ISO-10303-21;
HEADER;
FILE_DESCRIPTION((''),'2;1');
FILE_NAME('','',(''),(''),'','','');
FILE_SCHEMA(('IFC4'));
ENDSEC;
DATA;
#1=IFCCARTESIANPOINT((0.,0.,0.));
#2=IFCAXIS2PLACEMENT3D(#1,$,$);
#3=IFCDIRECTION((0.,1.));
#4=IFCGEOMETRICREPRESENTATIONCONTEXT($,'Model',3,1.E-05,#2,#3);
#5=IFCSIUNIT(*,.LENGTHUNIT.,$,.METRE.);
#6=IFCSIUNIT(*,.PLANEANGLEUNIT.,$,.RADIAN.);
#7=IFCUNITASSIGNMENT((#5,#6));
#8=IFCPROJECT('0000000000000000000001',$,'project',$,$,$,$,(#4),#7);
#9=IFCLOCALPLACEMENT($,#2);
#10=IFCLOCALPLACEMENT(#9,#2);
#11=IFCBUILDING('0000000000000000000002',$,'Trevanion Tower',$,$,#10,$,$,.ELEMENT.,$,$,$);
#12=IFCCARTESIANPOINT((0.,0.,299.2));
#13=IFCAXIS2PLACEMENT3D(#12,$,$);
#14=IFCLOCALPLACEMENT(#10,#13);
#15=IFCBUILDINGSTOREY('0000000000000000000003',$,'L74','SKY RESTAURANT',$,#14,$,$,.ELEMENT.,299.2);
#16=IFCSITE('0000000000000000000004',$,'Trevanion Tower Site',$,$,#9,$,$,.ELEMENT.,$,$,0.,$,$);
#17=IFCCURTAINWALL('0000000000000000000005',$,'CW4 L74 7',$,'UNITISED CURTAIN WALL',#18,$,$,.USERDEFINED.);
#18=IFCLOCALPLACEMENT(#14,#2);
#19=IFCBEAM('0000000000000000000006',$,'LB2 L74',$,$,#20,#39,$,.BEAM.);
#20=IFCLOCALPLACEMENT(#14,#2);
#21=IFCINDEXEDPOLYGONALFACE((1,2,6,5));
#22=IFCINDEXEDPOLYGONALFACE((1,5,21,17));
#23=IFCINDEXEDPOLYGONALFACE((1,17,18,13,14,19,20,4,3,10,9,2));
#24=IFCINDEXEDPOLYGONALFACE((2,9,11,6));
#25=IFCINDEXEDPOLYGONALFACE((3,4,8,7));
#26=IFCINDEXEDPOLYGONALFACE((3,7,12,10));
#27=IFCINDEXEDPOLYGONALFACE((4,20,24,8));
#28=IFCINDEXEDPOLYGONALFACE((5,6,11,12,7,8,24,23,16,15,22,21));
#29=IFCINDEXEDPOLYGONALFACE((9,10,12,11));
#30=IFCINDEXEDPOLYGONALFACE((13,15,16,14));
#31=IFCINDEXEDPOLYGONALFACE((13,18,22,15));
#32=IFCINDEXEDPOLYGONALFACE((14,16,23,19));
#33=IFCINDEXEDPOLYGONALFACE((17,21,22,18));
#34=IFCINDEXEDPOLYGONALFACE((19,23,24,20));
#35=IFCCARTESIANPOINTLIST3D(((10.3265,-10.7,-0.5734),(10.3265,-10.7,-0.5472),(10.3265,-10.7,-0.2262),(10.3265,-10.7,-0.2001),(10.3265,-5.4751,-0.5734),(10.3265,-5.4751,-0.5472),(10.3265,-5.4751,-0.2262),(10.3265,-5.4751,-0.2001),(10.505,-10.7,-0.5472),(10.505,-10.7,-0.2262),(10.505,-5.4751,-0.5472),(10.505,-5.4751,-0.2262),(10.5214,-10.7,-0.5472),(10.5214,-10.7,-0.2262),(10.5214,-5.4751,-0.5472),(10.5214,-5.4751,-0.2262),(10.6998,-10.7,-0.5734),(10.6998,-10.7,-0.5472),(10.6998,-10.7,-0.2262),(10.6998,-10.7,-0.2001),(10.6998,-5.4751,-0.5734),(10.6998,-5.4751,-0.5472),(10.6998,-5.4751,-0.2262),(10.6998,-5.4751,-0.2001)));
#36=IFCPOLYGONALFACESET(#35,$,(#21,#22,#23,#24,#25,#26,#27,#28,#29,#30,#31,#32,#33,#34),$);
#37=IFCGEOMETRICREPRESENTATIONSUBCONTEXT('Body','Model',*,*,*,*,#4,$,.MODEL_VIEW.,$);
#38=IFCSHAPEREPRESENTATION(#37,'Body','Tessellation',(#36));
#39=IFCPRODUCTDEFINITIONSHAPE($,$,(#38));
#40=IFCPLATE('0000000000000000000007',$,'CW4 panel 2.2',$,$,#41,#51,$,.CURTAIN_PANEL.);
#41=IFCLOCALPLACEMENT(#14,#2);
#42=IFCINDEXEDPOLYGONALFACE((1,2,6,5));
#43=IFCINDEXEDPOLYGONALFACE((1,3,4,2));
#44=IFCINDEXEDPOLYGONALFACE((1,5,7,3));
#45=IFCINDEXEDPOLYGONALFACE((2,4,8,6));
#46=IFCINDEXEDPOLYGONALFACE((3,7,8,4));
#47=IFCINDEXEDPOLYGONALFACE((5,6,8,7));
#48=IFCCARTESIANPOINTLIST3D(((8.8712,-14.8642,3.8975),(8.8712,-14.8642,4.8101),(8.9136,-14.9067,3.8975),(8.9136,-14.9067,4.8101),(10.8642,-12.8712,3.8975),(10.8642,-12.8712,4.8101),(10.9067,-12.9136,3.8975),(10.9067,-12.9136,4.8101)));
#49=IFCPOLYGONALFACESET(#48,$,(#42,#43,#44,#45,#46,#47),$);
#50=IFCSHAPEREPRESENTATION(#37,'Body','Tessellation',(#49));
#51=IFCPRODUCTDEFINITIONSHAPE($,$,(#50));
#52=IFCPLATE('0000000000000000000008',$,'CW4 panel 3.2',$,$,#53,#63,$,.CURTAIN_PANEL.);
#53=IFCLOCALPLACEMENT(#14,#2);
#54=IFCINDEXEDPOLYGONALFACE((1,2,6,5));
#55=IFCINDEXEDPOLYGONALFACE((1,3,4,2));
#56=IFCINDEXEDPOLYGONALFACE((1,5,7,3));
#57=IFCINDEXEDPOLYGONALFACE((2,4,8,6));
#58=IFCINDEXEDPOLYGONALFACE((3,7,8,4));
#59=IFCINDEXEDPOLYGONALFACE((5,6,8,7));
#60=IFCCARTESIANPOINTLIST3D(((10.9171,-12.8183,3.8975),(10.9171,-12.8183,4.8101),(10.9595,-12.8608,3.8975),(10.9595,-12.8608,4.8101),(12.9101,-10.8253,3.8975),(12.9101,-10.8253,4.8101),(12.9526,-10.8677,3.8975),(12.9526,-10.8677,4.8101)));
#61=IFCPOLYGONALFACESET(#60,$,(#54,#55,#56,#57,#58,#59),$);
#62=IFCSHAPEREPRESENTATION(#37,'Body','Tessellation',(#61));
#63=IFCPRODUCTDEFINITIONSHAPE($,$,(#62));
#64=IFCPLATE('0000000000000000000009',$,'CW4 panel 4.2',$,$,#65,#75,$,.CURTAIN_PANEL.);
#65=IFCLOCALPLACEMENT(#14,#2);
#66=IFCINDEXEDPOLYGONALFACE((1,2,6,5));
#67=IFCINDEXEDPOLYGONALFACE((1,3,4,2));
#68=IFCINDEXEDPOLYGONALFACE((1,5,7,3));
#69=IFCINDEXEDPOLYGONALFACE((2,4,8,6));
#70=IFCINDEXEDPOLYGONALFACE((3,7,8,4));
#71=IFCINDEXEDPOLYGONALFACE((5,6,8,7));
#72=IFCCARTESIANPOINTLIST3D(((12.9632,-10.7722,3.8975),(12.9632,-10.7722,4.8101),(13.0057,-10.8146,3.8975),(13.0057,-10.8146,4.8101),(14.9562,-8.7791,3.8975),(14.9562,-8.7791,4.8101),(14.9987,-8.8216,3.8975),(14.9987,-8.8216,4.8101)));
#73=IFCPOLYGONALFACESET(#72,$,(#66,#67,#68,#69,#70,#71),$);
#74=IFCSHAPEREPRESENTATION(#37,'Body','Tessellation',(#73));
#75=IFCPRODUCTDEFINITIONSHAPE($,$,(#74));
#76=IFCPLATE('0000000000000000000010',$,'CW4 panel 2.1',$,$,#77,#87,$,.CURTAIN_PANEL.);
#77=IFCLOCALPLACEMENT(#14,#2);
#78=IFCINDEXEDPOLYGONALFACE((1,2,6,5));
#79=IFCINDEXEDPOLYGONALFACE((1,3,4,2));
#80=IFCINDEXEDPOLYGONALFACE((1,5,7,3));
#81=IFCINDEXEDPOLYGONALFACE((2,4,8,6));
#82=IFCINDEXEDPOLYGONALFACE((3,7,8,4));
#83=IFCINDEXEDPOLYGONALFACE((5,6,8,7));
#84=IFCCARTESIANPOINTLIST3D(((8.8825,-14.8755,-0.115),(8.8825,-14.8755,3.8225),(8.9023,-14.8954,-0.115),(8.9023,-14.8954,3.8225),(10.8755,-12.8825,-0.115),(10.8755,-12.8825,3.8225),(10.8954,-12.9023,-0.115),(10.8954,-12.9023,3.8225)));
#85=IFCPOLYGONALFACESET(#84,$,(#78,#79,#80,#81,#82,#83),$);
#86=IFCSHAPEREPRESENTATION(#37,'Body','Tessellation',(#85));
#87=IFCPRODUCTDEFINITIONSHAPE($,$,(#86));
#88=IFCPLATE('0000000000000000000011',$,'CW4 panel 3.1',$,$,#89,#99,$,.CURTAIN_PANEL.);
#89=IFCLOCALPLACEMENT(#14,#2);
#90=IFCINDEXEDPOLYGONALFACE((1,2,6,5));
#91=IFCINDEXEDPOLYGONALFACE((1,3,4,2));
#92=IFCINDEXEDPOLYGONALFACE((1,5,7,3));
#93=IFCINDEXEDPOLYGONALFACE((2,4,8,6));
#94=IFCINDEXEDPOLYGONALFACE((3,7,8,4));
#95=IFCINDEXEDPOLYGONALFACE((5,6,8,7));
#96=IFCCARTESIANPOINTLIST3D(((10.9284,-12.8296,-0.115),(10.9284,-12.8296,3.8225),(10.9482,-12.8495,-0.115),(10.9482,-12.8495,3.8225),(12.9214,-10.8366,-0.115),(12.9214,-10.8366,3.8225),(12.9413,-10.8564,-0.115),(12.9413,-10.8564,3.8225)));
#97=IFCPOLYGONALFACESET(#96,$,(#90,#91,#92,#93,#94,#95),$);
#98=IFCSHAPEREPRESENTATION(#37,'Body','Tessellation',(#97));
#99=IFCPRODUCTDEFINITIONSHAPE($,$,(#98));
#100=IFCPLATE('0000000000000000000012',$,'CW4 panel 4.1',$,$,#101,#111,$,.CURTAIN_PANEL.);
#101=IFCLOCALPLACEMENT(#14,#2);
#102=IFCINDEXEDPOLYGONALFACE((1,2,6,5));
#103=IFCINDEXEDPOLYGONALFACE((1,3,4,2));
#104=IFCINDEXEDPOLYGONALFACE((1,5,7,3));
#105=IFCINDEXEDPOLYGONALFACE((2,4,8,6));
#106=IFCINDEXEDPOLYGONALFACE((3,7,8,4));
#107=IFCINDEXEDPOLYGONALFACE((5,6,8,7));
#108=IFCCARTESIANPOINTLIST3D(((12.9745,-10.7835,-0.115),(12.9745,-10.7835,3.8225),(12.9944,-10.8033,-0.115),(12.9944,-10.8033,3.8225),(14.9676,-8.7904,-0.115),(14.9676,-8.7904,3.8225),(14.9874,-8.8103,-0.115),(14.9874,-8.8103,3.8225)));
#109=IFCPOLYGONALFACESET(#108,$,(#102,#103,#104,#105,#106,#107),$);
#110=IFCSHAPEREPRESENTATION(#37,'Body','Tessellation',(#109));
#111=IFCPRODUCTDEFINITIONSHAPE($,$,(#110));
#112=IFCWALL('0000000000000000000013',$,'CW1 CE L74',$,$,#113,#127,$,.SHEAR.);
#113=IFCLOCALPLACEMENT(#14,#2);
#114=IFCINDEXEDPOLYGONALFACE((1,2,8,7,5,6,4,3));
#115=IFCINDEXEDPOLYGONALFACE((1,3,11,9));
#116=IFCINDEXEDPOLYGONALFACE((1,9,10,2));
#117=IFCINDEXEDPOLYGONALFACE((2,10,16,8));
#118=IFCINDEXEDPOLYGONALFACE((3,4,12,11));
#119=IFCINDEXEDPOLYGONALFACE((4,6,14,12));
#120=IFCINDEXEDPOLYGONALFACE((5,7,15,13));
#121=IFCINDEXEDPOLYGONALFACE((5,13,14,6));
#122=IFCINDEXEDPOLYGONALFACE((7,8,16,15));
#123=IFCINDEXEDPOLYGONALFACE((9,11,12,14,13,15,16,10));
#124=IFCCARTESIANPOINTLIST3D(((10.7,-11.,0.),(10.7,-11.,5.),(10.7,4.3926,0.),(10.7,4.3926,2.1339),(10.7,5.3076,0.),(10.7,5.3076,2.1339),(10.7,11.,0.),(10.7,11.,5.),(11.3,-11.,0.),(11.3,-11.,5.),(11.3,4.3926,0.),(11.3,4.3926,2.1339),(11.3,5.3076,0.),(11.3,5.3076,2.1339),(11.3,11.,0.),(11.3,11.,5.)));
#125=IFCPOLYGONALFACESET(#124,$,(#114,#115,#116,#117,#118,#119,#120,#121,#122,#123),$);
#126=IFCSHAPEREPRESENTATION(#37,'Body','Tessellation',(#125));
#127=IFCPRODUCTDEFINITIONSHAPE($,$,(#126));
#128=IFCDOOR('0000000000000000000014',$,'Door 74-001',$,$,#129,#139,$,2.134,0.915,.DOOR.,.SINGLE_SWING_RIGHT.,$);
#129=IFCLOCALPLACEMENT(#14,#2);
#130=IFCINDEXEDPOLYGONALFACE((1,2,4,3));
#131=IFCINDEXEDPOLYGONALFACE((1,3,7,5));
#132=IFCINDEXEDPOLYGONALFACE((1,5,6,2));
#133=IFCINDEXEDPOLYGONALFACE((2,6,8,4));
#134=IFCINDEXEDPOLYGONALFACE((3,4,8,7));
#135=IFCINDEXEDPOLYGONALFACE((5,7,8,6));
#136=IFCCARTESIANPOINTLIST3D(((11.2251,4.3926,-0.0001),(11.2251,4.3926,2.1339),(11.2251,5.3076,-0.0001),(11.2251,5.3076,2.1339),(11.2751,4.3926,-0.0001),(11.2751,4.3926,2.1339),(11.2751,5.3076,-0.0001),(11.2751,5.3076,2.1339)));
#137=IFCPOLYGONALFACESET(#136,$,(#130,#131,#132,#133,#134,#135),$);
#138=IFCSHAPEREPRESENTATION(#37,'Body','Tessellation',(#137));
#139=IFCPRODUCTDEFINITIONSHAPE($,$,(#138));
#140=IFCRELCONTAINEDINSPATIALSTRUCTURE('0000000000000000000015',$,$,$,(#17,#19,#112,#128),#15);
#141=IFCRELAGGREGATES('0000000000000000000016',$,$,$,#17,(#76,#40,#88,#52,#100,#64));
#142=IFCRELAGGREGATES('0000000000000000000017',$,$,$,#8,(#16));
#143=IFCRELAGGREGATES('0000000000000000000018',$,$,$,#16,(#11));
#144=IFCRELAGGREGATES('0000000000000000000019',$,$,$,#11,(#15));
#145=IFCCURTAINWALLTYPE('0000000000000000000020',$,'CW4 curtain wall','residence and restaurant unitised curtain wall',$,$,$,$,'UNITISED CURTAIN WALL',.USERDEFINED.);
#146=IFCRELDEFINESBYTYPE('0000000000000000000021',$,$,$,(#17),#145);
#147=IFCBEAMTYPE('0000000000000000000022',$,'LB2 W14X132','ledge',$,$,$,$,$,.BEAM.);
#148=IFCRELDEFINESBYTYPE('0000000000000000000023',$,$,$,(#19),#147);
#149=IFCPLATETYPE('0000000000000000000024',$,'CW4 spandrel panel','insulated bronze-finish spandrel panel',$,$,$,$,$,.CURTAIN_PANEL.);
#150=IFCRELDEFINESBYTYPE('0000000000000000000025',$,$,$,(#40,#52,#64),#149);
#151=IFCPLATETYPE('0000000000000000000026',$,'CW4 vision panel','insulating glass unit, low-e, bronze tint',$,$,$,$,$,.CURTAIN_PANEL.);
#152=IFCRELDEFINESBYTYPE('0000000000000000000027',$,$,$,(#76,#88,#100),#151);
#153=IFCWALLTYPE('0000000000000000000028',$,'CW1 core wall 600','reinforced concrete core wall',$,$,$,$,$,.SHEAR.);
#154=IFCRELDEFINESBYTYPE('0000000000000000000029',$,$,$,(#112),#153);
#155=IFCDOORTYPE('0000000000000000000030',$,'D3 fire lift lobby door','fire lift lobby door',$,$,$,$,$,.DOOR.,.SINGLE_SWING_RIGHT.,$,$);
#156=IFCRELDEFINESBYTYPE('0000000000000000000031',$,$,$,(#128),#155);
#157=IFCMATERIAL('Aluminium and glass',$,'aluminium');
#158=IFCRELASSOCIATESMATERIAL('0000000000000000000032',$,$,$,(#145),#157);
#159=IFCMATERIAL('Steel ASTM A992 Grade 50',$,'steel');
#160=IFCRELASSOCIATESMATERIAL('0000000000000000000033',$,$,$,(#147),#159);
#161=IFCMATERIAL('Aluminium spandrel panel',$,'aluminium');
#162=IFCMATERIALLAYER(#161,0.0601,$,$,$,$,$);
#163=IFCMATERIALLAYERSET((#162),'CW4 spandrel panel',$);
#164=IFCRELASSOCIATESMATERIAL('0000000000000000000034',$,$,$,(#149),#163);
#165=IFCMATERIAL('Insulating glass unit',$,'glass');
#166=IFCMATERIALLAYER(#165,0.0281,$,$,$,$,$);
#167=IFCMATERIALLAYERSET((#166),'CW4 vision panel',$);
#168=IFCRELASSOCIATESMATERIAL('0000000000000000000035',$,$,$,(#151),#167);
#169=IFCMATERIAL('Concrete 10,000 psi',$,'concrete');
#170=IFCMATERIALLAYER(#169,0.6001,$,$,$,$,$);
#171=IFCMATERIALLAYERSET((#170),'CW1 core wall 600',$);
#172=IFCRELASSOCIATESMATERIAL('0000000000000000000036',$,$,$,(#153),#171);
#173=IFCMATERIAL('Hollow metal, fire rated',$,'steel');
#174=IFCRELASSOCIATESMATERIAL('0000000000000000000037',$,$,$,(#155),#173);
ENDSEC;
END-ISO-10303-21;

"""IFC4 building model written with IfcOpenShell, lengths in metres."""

from ifc_helpers import new_model, si_unit, direction, frame, frame_2d, origin, origin_2d, place, context, subcontext, project, spatial, rectangle, i_section, extrude, material, layer, layer_set, material_profile, profile_set, type_object, element, fill, aggregate, save


model = new_model("IFC4")

# Units and contexts
model_context = context("Model", 3, precision=1e-05, world=origin(), true_north=direction((0.0, 1.0)))
body_context = subcontext(model_context, "Body", "Model", "MODEL_VIEW")
ifc_project = project(units=[si_unit("LENGTHUNIT", "METRE"), si_unit("PLANEANGLEUNIT", "RADIAN")], contexts=[model_context])

# Site, building, storey
site_placement = place(None, origin())
site = spatial("IfcSite", under=ifc_project, at=site_placement, Name="Trevanion Tower Site", CompositionType="ELEMENT", RefElevation=0.0)
building_placement = place(site_placement, origin())
building = spatial("IfcBuilding", under=site, at=building_placement, Name="Trevanion Tower", CompositionType="ELEMENT")
storey_placement = place(building_placement, frame((0.0, 0.0, 299.2)))
storey = spatial("IfcBuildingStorey", under=building, at=storey_placement, Name="L74", Description="SKY RESTAURANT", CompositionType="ELEMENT", Elevation=299.2)

# Curtain wall
ifc_material_1 = material(Name="Aluminium and glass", Category="aluminium")
curtain_wall_type = type_object("IfcCurtainWallType", Name="CW4 curtain wall", Description="residence and restaurant unitised curtain wall", ElementType="UNITISED CURTAIN WALL", PredefinedType="USERDEFINED", material=ifc_material_1)
curtain_wall_placement = place(storey_placement, origin())
curtain_wall = element("IfcCurtainWall", 1, at=curtain_wall_placement, inside=storey, type_object=curtain_wall_type, Name="CW4 L74 7", ObjectType="UNITISED CURTAIN WALL", PredefinedType="USERDEFINED")

# Beam
ifc_material_2 = material(Name="Steel ASTM A992 Grade 50", Category="steel")
ifc_material_profile_1 = material_profile(ifc_material_2, i_section(OverallWidth=0.3733, OverallDepth=0.3733, WebThickness=0.0164, FlangeThickness=0.0261, at=origin_2d()), Name="W14X132")
ifc_profile_set_1 = profile_set([ifc_material_profile_1], Name="Steel ASTM A992 Grade 50")
beam_type = type_object("IfcBeamType", Name="LB2 W14X132", Description="ledge", PredefinedType="BEAM", material=ifc_profile_set_1)
beam_placement = place(storey_placement, frame((10.5132, -10.7, -0.3867), z_axis=(0.0, 1.0, 0.0), x_axis=(-1.0, 0.0, 0.0)))
element("IfcBeam", 2, at=beam_placement, inside=storey, type_object=beam_type, Name="LB2 L74", PredefinedType="BEAM", context=body_context, shape_type="SweptSolid", body=[
    extrude(i_section(OverallWidth=0.3733, OverallDepth=0.3733, WebThickness=0.0164, FlangeThickness=0.0261, at=origin_2d()), origin(), (0.0, 0.0, 1.0), 5.2249),
])

# Plates
ifc_material_3 = material(Name="Aluminium spandrel panel", Category="aluminium")
ifc_layer_1 = layer(ifc_material_3, 0.0601)
ifc_layer_set_1 = layer_set([ifc_layer_1], Name="CW4 spandrel panel")
plate_type_1 = type_object("IfcPlateType", Name="CW4 spandrel panel", Description="insulated bronze-finish spandrel panel", PredefinedType="CURTAIN_PANEL", material=ifc_layer_set_1)
plate_1_placement = place(storey_placement, frame((9.8889, -13.8889, 3.8975), z_axis=(0.0, 0.0, 1.0), x_axis=(0.707107, 0.707107, 0.0)))
plate_1 = element("IfcPlate", 3, at=plate_1_placement, type_object=plate_type_1, Name="CW4 panel 2.2", PredefinedType="CURTAIN_PANEL", context=body_context, shape_type="SweptSolid", body=[
    extrude(rectangle(XDim=2.8186, YDim=0.0601, at=origin_2d()), origin(), (0.0, 0.0, 1.0), 0.9126),
])
plate_2_placement = place(storey_placement, frame((11.9348, -11.843, 3.8975), z_axis=(0.0, 0.0, 1.0), x_axis=(0.707107, 0.707107, 0.0)))
plate_2 = element("IfcPlate", 4, at=plate_2_placement, type_object=plate_type_1, Name="CW4 panel 3.2", PredefinedType="CURTAIN_PANEL", context=body_context, shape_type="SweptSolid", body=[
    extrude(rectangle(XDim=2.8186, YDim=0.0601, at=origin_2d()), origin(), (0.0, 0.0, 1.0), 0.9126),
])
plate_3_placement = place(storey_placement, frame((13.981, -9.7969, 3.8975), z_axis=(0.0, 0.0, 1.0), x_axis=(0.707107, 0.707107, 0.0)))
plate_3 = element("IfcPlate", 5, at=plate_3_placement, type_object=plate_type_1, Name="CW4 panel 4.2", PredefinedType="CURTAIN_PANEL", context=body_context, shape_type="SweptSolid", body=[
    extrude(rectangle(XDim=2.8186, YDim=0.0601, at=origin_2d()), origin(), (0.0, 0.0, 1.0), 0.9126),
])
ifc_material_4 = material(Name="Insulating glass unit", Category="glass")
ifc_layer_2 = layer(ifc_material_4, 0.0281)
ifc_layer_set_2 = layer_set([ifc_layer_2], Name="CW4 vision panel")
plate_type_2 = type_object("IfcPlateType", Name="CW4 vision panel", Description="insulating glass unit, low-e, bronze tint", PredefinedType="CURTAIN_PANEL", material=ifc_layer_set_2)
plate_4_placement = place(storey_placement, frame((9.8889, -13.8889, -0.115), z_axis=(0.0, 0.0, 1.0), x_axis=(0.707107, 0.707107, 0.0)))
plate_4 = element("IfcPlate", 6, at=plate_4_placement, type_object=plate_type_2, Name="CW4 panel 2.1", PredefinedType="CURTAIN_PANEL", context=body_context, shape_type="SweptSolid", body=[
    extrude(rectangle(XDim=2.8186, YDim=0.0281, at=origin_2d()), origin(), (0.0, 0.0, 1.0), 3.9375),
])
plate_5_placement = place(storey_placement, frame((11.9348, -11.843, -0.115), z_axis=(0.0, 0.0, 1.0), x_axis=(0.707107, 0.707107, 0.0)))
plate_5 = element("IfcPlate", 7, at=plate_5_placement, type_object=plate_type_2, Name="CW4 panel 3.1", PredefinedType="CURTAIN_PANEL", context=body_context, shape_type="SweptSolid", body=[
    extrude(rectangle(XDim=2.8186, YDim=0.0281, at=origin_2d()), origin(), (0.0, 0.0, 1.0), 3.9375),
])
plate_6_placement = place(storey_placement, frame((13.981, -9.7969, -0.115), z_axis=(0.0, 0.0, 1.0), x_axis=(0.707107, 0.707107, 0.0)))
plate_6 = element("IfcPlate", 8, at=plate_6_placement, type_object=plate_type_2, Name="CW4 panel 4.1", PredefinedType="CURTAIN_PANEL", context=body_context, shape_type="SweptSolid", body=[
    extrude(rectangle(XDim=2.8186, YDim=0.0281, at=origin_2d()), origin(), (0.0, 0.0, 1.0), 3.9375),
])
aggregate(curtain_wall, [plate_4, plate_1, plate_5, plate_2, plate_6, plate_3])

# Wall, opening, door
ifc_material_5 = material(Name="Concrete 10,000 psi", Category="concrete")
ifc_layer_3 = layer(ifc_material_5, 0.6001)
ifc_layer_set_3 = layer_set([ifc_layer_3], Name="CW1 core wall 600")
wall_type = type_object("IfcWallType", Name="CW1 core wall 600", Description="reinforced concrete core wall", PredefinedType="SHEAR", material=ifc_layer_set_3)
wall_placement = place(storey_placement, frame((11.0, -11.0, 0.0), z_axis=(0.0, 0.0, 1.0), x_axis=(0.0, 1.0, 0.0)))
wall = element("IfcWall", 9, at=wall_placement, inside=storey, type_object=wall_type, Name="CW1 CE L74", PredefinedType="SHEAR", context=body_context, shape_type="SweptSolid", body=[
    extrude(rectangle(XDim=22.0, YDim=0.6001, at=frame_2d((11.0, 0.0))), origin(), (0.0, 0.0, 1.0), 5.0),
])
opening_placement = place(wall_placement, frame((15.3926, 0.0, 0.0)))
opening = element("IfcOpeningElement", 10, at=opening_placement, cuts=wall, PredefinedType="OPENING", context=body_context, shape_type="SweptSolid", body=[
    extrude(rectangle(XDim=0.915, YDim=2.134, at=frame_2d((0.4575, 1.0669))), frame((0.0, 0.3101, 0.0), z_axis=(0.0, -1.0, 0.0), x_axis=(1.0, 0.0, 0.0)), (0.0, 0.0, 1.0), 0.6201),
])
ifc_material_6 = material(Name="Hollow metal, fire rated", Category="steel")
door_type = type_object("IfcDoorType", Name="D3 fire lift lobby door", Description="fire lift lobby door", OperationType="SINGLE_SWING_RIGHT", PredefinedType="DOOR", material=ifc_material_6)
door_placement = place(opening_placement, origin())
door = element("IfcDoor", 11, at=door_placement, inside=storey, type_object=door_type, Name="Door 74-001", OperationType="SINGLE_SWING_RIGHT", OverallHeight=2.134, OverallWidth=0.915, PredefinedType="DOOR", context=body_context, shape_type="SweptSolid", body=[
    extrude(rectangle(XDim=0.915, YDim=2.134, at=frame_2d((0.4575, 1.0669))), frame((0.0, -0.2251, 0.0), z_axis=(0.0, -1.0, 0.0), x_axis=(1.0, 0.0, 0.0)), (0.0, 0.0, 1.0), 0.05),
])
fill(opening, door)

save(model, "model.ifc")
